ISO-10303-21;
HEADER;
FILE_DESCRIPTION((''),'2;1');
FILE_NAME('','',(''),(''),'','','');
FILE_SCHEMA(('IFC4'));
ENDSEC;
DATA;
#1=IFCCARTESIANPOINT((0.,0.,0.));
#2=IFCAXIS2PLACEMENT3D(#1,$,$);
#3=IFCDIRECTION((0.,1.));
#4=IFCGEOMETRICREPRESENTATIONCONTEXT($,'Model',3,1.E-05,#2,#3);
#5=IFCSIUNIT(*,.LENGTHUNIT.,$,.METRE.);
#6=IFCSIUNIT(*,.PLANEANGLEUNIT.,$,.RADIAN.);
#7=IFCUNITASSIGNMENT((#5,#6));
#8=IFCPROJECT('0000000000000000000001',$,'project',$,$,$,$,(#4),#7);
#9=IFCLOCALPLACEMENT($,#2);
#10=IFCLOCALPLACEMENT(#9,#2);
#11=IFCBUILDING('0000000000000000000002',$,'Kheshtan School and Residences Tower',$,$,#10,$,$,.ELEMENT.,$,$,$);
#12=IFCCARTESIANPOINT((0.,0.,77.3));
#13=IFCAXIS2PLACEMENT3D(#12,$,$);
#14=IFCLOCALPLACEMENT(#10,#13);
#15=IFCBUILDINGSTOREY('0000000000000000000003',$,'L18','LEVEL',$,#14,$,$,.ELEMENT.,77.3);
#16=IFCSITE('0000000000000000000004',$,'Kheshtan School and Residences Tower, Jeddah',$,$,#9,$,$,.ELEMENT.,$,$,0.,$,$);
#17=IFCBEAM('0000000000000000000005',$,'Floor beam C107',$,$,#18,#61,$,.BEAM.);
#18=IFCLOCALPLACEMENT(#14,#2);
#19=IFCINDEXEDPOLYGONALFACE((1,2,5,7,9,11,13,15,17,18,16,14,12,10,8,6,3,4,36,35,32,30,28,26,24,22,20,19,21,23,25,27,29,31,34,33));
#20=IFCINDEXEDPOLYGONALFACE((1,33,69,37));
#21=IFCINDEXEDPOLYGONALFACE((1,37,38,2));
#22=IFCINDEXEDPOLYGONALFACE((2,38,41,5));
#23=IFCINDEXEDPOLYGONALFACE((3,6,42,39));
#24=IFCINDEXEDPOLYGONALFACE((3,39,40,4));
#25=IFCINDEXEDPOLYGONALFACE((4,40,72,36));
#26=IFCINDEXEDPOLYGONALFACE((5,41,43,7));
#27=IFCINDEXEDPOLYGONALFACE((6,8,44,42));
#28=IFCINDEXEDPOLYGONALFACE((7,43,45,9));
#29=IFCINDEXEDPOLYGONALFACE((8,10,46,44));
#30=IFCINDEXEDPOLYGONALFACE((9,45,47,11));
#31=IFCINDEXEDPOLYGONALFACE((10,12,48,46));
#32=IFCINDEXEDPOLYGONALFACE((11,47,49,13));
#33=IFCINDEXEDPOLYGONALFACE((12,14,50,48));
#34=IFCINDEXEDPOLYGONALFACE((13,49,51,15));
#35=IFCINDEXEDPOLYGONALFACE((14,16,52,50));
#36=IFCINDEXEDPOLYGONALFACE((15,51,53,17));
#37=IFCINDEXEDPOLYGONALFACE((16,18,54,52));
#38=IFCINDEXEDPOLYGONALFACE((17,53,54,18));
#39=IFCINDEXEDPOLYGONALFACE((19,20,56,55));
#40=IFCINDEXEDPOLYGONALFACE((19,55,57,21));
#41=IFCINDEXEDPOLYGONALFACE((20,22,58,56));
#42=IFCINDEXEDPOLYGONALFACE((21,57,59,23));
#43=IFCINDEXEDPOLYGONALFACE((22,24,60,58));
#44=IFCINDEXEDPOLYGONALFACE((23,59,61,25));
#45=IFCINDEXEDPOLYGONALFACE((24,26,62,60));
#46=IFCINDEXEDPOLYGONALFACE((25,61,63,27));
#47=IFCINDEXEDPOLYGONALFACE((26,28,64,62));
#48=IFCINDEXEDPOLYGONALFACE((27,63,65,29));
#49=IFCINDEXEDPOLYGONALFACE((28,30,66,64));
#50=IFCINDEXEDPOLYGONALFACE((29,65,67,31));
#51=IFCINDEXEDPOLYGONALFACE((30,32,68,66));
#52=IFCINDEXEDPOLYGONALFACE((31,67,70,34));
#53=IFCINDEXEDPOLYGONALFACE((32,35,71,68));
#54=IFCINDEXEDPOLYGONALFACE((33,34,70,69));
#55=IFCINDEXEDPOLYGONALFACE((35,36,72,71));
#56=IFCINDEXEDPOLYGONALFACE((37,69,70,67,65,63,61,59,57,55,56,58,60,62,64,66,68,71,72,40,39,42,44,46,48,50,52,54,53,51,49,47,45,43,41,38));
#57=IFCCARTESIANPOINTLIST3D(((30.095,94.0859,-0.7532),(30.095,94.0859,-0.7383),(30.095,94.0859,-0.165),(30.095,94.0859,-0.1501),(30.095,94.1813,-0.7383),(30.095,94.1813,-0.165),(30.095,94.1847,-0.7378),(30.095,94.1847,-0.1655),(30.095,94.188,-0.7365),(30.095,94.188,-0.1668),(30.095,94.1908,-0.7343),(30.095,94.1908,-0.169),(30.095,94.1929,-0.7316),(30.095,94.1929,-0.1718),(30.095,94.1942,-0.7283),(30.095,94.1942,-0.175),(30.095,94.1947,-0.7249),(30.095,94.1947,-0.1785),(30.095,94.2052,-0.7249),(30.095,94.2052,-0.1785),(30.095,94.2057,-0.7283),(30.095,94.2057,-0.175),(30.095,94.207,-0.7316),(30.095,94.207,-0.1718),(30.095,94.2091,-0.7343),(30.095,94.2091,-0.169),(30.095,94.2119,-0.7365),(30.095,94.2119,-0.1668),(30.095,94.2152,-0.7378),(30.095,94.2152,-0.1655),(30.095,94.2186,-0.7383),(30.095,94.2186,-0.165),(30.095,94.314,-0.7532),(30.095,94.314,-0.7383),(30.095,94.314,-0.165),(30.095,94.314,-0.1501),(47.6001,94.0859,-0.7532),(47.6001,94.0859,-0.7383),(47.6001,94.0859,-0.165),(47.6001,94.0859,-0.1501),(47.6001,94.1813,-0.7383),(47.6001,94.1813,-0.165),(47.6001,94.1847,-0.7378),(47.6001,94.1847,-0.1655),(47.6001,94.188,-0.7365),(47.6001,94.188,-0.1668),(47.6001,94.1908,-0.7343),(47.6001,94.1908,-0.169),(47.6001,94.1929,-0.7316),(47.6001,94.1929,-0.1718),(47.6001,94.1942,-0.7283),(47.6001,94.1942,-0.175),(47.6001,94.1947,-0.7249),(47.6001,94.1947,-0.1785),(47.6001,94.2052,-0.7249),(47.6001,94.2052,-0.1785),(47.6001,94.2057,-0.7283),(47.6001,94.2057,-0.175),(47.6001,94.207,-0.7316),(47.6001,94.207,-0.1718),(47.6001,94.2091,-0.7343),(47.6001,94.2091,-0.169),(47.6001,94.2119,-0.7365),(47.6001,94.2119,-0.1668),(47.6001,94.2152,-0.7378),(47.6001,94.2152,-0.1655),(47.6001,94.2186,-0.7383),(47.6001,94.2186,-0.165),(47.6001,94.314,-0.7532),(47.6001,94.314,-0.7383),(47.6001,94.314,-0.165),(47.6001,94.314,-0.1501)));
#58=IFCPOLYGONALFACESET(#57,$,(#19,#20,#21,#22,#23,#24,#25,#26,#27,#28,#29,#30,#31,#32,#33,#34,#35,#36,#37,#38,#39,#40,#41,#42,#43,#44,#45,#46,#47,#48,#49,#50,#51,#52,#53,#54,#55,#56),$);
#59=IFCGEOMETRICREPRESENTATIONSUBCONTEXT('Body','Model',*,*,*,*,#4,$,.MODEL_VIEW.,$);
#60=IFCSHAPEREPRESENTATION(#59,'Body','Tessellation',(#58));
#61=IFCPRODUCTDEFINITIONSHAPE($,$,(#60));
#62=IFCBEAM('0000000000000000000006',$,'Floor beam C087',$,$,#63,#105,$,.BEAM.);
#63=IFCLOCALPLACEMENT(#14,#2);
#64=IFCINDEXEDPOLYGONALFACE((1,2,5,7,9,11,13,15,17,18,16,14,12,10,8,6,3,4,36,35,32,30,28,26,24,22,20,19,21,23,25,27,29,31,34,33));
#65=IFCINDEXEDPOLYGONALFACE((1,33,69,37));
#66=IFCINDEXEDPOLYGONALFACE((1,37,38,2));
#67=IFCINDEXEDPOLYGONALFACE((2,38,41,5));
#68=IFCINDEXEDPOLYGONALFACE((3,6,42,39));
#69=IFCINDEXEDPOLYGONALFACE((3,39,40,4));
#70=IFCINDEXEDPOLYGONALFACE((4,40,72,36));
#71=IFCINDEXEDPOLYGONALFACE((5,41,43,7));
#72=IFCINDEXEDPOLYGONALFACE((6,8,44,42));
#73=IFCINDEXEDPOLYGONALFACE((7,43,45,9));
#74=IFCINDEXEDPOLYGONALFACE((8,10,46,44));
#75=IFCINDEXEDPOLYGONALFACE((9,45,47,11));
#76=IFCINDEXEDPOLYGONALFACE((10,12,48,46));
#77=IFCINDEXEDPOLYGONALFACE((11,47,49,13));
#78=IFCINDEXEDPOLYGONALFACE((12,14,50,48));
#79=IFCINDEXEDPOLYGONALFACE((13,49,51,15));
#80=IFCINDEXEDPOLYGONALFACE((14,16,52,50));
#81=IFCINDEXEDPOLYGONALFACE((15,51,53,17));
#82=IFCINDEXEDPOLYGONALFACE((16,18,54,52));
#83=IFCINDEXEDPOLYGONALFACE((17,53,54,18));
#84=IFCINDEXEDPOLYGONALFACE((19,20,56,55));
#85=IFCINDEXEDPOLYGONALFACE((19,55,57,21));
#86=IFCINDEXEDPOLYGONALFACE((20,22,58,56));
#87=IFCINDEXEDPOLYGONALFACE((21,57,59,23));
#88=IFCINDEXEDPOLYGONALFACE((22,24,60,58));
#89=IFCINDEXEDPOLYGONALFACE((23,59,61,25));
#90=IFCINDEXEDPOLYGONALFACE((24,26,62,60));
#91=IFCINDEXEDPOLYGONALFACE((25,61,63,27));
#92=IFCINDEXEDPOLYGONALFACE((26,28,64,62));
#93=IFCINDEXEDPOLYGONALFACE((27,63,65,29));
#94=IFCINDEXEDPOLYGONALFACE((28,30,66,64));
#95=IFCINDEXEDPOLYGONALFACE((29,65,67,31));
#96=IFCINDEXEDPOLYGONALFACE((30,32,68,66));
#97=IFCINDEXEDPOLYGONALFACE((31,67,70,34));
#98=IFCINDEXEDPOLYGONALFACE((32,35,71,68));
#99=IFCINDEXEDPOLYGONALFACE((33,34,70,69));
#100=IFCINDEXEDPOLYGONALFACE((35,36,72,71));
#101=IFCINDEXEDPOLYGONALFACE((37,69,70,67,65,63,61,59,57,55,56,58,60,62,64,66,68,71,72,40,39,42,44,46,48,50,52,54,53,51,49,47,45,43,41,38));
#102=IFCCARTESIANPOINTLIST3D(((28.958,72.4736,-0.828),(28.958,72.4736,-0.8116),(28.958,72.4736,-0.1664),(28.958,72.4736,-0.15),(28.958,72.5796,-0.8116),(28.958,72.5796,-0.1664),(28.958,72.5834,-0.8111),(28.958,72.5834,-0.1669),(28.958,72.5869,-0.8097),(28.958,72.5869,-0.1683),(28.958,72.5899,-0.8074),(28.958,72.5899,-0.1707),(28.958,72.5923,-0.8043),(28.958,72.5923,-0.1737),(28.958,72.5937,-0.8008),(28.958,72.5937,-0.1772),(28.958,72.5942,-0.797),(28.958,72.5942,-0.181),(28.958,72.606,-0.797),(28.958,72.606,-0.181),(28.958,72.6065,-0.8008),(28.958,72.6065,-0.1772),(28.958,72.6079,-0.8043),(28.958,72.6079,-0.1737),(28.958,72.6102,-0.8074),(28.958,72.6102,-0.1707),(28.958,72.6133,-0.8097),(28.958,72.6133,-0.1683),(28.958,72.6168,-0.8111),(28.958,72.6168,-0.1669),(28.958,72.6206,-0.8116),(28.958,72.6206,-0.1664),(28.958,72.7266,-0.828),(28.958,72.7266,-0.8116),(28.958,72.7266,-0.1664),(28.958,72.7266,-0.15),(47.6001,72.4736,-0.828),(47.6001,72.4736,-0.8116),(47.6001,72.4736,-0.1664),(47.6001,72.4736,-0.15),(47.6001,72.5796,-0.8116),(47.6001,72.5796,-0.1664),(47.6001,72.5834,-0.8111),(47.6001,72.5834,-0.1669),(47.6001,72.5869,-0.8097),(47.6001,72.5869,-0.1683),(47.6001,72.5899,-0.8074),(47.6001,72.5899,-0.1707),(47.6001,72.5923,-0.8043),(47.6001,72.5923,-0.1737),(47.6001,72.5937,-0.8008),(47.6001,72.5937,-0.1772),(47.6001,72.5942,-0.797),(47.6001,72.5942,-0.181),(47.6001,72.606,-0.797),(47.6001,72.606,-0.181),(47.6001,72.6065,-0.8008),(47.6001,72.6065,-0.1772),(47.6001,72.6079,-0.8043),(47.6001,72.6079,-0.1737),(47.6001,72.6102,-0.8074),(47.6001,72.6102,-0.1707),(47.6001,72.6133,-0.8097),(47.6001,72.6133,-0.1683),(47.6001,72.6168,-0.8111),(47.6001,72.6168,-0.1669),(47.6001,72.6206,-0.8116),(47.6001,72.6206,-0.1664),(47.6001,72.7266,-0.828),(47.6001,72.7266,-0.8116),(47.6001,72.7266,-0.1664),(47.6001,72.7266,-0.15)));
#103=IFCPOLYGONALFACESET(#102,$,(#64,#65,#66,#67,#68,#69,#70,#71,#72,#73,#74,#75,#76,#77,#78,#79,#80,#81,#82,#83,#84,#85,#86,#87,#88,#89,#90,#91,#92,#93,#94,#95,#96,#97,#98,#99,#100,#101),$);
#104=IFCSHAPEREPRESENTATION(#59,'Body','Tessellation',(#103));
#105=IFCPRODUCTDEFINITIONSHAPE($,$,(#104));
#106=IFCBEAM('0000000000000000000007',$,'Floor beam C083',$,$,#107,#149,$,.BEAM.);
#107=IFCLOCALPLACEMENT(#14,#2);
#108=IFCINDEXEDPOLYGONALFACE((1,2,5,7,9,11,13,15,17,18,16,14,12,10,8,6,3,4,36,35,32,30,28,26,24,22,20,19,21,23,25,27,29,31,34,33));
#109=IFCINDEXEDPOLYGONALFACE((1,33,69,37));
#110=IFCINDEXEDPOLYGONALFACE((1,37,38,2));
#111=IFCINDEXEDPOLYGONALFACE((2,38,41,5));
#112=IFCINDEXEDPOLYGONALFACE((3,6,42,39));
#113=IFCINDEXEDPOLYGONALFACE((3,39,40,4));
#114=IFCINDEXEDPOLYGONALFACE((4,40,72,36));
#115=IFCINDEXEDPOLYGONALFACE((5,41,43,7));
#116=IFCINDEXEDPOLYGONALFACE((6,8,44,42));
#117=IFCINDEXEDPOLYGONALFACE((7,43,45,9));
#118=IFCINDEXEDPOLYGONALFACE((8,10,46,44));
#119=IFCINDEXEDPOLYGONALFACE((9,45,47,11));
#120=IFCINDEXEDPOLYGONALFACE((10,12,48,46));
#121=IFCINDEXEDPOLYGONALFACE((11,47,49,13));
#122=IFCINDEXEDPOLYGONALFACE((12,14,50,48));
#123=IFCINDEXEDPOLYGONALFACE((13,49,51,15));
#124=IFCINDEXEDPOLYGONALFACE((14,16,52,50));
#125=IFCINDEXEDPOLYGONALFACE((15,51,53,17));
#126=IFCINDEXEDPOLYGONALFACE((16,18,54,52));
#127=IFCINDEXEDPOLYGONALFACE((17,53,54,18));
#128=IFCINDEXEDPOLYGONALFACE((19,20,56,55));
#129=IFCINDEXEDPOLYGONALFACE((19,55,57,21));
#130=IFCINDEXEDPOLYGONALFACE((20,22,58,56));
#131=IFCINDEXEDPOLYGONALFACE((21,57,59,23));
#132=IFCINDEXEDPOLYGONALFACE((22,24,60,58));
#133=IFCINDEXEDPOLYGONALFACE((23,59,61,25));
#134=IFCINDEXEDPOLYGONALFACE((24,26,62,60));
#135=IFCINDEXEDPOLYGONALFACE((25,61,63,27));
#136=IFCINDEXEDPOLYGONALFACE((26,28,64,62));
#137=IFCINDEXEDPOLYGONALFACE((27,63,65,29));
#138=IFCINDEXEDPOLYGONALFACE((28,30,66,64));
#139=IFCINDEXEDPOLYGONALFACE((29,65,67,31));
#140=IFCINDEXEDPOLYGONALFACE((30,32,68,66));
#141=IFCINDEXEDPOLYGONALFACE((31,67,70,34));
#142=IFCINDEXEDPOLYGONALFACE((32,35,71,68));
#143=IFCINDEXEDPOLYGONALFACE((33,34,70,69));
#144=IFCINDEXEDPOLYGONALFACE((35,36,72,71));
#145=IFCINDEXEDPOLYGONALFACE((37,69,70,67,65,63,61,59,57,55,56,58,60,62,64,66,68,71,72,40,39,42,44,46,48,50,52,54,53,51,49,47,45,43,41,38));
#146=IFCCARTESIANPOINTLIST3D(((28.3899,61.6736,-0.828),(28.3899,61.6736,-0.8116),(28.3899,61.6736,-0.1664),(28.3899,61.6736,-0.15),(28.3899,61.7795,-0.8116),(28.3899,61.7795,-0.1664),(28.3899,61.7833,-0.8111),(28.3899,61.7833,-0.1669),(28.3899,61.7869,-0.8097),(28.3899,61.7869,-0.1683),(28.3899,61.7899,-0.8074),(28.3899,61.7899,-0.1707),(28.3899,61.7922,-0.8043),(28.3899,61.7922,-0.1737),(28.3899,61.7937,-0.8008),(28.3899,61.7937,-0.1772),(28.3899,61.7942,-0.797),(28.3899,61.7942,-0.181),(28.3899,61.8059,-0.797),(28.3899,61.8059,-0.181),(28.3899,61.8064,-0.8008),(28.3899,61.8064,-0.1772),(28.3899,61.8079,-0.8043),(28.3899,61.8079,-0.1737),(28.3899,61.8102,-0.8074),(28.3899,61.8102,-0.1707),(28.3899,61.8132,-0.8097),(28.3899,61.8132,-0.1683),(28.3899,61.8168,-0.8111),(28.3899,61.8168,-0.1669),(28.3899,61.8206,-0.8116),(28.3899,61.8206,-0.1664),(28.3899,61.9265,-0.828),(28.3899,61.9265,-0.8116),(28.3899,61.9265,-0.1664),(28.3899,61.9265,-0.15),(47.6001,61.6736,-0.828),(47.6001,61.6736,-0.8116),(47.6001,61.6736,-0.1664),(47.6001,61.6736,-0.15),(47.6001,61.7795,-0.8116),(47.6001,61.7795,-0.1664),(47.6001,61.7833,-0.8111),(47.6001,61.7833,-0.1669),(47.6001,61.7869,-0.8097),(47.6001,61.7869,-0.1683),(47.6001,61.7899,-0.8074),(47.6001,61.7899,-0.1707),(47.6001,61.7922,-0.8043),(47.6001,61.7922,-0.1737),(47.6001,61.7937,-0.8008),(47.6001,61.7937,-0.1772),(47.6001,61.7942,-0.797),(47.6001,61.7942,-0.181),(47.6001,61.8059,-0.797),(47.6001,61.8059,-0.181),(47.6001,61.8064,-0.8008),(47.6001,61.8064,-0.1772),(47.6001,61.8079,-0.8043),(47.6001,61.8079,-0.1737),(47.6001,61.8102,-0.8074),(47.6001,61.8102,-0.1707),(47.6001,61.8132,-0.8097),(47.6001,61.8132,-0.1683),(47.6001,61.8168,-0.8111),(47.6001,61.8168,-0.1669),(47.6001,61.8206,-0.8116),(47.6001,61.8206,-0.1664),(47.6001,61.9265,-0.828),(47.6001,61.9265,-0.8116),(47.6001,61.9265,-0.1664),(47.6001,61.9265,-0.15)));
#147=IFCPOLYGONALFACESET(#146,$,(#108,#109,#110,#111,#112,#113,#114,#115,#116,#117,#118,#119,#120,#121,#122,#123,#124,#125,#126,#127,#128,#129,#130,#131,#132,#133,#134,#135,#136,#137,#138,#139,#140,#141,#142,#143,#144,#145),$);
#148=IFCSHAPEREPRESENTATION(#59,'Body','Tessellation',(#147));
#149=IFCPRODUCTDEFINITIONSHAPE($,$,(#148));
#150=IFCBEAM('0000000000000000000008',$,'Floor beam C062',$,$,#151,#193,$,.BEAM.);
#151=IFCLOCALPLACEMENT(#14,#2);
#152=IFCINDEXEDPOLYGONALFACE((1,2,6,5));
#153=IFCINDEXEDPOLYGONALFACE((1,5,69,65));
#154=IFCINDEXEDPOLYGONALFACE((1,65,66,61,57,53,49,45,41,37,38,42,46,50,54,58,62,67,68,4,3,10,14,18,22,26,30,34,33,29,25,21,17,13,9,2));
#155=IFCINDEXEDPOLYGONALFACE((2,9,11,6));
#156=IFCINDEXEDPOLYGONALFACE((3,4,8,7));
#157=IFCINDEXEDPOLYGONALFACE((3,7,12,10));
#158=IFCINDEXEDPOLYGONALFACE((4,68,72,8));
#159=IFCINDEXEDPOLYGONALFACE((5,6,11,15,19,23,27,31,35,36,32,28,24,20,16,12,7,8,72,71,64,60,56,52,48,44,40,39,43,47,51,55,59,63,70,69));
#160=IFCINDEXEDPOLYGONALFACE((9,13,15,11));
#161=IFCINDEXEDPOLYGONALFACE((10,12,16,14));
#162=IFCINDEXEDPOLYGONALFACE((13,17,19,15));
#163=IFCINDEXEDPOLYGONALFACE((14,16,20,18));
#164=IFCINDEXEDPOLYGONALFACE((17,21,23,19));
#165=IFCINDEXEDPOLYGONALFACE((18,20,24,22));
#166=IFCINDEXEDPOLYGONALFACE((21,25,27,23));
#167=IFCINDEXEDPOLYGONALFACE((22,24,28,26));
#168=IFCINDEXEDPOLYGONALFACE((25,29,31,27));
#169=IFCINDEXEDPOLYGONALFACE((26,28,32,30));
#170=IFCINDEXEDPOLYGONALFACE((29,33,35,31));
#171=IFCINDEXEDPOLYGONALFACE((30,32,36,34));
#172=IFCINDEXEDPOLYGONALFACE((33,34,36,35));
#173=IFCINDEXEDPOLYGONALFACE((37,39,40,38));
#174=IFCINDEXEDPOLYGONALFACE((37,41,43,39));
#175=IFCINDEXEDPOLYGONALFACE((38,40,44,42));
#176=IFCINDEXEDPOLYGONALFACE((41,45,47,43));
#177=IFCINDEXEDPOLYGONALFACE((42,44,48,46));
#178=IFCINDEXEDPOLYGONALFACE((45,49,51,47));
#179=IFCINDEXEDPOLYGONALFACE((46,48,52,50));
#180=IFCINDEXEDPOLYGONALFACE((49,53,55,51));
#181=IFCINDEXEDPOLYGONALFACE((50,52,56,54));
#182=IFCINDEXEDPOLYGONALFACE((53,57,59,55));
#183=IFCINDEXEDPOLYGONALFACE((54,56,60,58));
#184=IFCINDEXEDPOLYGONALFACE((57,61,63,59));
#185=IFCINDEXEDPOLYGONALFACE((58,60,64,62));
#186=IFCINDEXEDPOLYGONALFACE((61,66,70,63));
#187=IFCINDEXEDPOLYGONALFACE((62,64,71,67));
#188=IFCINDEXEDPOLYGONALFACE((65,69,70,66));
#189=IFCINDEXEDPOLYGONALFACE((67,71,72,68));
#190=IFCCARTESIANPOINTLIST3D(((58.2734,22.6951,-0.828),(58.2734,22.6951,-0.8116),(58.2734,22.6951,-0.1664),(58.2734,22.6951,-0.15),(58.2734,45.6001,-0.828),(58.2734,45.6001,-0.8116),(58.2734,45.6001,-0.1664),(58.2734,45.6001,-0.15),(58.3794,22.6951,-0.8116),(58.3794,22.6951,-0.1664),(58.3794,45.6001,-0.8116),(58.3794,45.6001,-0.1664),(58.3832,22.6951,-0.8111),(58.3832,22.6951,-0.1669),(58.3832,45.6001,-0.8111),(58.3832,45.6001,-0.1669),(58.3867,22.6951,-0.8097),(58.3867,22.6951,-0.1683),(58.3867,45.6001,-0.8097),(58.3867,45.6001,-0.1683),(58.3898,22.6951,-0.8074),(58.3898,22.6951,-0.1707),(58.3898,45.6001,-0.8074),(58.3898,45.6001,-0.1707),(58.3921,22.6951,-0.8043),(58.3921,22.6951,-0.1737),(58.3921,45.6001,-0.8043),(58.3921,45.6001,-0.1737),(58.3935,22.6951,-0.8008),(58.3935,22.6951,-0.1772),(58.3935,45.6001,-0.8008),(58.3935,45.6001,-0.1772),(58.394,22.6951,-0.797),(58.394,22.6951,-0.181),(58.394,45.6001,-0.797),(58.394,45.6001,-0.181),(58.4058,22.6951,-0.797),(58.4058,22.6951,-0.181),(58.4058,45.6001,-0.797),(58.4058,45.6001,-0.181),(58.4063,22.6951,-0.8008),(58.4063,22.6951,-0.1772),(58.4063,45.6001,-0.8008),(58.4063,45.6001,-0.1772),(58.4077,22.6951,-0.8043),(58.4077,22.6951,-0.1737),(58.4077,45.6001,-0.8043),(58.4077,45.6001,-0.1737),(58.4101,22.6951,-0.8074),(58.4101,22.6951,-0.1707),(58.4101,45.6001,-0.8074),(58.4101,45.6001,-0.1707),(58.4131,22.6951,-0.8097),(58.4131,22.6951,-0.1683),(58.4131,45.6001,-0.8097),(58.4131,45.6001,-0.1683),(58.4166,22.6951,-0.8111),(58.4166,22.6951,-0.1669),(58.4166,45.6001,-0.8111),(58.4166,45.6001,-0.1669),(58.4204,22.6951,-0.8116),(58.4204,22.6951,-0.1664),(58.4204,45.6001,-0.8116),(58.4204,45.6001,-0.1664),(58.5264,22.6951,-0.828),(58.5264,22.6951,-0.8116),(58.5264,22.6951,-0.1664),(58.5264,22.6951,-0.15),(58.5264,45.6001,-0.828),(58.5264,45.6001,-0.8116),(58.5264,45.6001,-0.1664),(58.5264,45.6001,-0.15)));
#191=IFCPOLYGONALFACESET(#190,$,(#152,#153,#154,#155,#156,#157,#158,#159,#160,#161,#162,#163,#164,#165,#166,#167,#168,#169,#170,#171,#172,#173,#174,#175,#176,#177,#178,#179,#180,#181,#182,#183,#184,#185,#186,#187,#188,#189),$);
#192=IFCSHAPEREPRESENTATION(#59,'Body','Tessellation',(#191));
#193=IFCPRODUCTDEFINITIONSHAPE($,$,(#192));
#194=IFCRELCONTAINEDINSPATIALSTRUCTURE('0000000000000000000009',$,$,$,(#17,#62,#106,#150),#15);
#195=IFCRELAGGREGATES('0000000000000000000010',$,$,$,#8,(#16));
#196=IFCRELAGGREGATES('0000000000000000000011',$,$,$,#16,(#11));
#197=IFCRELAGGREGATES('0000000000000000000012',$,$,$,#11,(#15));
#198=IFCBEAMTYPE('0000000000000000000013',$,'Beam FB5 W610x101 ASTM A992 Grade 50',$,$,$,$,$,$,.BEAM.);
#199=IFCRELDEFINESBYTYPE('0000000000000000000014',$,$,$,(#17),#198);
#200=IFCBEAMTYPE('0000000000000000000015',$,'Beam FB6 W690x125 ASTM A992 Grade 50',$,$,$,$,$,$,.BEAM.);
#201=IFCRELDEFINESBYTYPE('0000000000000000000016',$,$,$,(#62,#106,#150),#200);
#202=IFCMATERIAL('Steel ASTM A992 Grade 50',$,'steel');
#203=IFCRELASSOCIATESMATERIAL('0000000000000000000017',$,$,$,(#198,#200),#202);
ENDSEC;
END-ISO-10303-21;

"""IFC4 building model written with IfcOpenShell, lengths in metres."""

from ifc_helpers import new_model, si_unit, direction, frame, origin, origin_2d, place, context, subcontext, project, spatial, i_section, extrude, material, material_profile, profile_set, type_object, element, save


model = new_model("IFC4")

# Units and contexts
model_context = context("Model", 3, precision=1e-05, world=origin(), true_north=direction((0.0, 1.0)))
body_context = subcontext(model_context, "Body", "Model", "MODEL_VIEW")
ifc_project = project(units=[si_unit("LENGTHUNIT", "METRE"), si_unit("PLANEANGLEUNIT", "RADIAN")], contexts=[model_context])

# Site, building, storey
site_placement = place(None, origin())
site = spatial("IfcSite", under=ifc_project, at=site_placement, Name="Kheshtan School and Residences Tower, Jeddah", CompositionType="ELEMENT", RefElevation=0.0)
building_placement = place(site_placement, origin())
building = spatial("IfcBuilding", under=site, at=building_placement, Name="Kheshtan School and Residences Tower", CompositionType="ELEMENT")
storey_placement = place(building_placement, frame((0.0, 0.0, 77.3)))
storey = spatial("IfcBuildingStorey", under=building, at=storey_placement, Name="L18", Description="LEVEL", CompositionType="ELEMENT", Elevation=77.3)

# Shared definitions
ifc_material_1 = material(Name="Steel ASTM A992 Grade 50", Category="steel")

# Beams
ifc_material_profile_1 = material_profile(ifc_material_1, i_section(OverallWidth=0.228, OverallDepth=0.603, WebThickness=0.0105, FlangeThickness=0.0149, FilletRadius=0.0134, at=origin_2d()), Name="W610x101")
ifc_profile_set_1 = profile_set([ifc_material_profile_1], Name="Steel ASTM A992 Grade 50")
beam_type_1 = type_object("IfcBeamType", Name="Beam FB5 W610x101 ASTM A992 Grade 50", PredefinedType="BEAM", material=ifc_profile_set_1)
beam_1_placement = place(storey_placement, frame((47.6001, 94.2, -0.4517), z_axis=(-1.0, 0.0, 0.0), x_axis=(0.0, -1.0, 0.0)))
element("IfcBeam", 1, at=beam_1_placement, inside=storey, type_object=beam_type_1, Name="Floor beam C107", PredefinedType="BEAM", context=body_context, shape_type="SweptSolid", body=[
    extrude(i_section(OverallWidth=0.228, OverallDepth=0.603, WebThickness=0.0105, FlangeThickness=0.0149, FilletRadius=0.0134, at=origin_2d()), origin(), (0.0, 0.0, 1.0), 17.5051),
])
ifc_material_profile_2 = material_profile(ifc_material_1, i_section(OverallWidth=0.2529, OverallDepth=0.678, WebThickness=0.0117, FlangeThickness=0.0164, FilletRadius=0.0146, at=origin_2d()), Name="W690x125")
ifc_profile_set_2 = profile_set([ifc_material_profile_2], Name="Steel ASTM A992 Grade 50")
beam_type_2 = type_object("IfcBeamType", Name="Beam FB6 W690x125 ASTM A992 Grade 50", PredefinedType="BEAM", material=ifc_profile_set_2)
beam_2_placement = place(storey_placement, frame((47.6001, 72.6001, -0.489), z_axis=(-1.0, 0.0, 0.0), x_axis=(0.0, -1.0, 0.0)))
element("IfcBeam", 2, at=beam_2_placement, inside=storey, type_object=beam_type_2, Name="Floor beam C087", PredefinedType="BEAM", context=body_context, shape_type="SweptSolid", body=[
    extrude(i_section(OverallWidth=0.2529, OverallDepth=0.678, WebThickness=0.0117, FlangeThickness=0.0164, FilletRadius=0.0146, at=origin_2d()), origin(), (0.0, 0.0, 1.0), 18.6421),
])
beam_3_placement = place(storey_placement, frame((47.6001, 61.8, -0.489), z_axis=(-1.0, 0.0, 0.0), x_axis=(0.0, -1.0, 0.0)))
element("IfcBeam", 3, at=beam_3_placement, inside=storey, type_object=beam_type_2, Name="Floor beam C083", PredefinedType="BEAM", context=body_context, shape_type="SweptSolid", body=[
    extrude(i_section(OverallWidth=0.2529, OverallDepth=0.678, WebThickness=0.0117, FlangeThickness=0.0164, FilletRadius=0.0146, at=origin_2d()), origin(), (0.0, 0.0, 1.0), 19.2102),
])
beam_4_placement = place(storey_placement, frame((58.3999, 45.6001, -0.489), z_axis=(0.0, -1.0, 0.0), x_axis=(1.0, 0.0, 0.0)))
element("IfcBeam", 4, at=beam_4_placement, inside=storey, type_object=beam_type_2, Name="Floor beam C062", PredefinedType="BEAM", context=body_context, shape_type="SweptSolid", body=[
    extrude(i_section(OverallWidth=0.2529, OverallDepth=0.678, WebThickness=0.0117, FlangeThickness=0.0164, FilletRadius=0.0146, at=origin_2d()), origin(), (0.0, 0.0, 1.0), 22.905),
])

save(model, "model.ifc")
